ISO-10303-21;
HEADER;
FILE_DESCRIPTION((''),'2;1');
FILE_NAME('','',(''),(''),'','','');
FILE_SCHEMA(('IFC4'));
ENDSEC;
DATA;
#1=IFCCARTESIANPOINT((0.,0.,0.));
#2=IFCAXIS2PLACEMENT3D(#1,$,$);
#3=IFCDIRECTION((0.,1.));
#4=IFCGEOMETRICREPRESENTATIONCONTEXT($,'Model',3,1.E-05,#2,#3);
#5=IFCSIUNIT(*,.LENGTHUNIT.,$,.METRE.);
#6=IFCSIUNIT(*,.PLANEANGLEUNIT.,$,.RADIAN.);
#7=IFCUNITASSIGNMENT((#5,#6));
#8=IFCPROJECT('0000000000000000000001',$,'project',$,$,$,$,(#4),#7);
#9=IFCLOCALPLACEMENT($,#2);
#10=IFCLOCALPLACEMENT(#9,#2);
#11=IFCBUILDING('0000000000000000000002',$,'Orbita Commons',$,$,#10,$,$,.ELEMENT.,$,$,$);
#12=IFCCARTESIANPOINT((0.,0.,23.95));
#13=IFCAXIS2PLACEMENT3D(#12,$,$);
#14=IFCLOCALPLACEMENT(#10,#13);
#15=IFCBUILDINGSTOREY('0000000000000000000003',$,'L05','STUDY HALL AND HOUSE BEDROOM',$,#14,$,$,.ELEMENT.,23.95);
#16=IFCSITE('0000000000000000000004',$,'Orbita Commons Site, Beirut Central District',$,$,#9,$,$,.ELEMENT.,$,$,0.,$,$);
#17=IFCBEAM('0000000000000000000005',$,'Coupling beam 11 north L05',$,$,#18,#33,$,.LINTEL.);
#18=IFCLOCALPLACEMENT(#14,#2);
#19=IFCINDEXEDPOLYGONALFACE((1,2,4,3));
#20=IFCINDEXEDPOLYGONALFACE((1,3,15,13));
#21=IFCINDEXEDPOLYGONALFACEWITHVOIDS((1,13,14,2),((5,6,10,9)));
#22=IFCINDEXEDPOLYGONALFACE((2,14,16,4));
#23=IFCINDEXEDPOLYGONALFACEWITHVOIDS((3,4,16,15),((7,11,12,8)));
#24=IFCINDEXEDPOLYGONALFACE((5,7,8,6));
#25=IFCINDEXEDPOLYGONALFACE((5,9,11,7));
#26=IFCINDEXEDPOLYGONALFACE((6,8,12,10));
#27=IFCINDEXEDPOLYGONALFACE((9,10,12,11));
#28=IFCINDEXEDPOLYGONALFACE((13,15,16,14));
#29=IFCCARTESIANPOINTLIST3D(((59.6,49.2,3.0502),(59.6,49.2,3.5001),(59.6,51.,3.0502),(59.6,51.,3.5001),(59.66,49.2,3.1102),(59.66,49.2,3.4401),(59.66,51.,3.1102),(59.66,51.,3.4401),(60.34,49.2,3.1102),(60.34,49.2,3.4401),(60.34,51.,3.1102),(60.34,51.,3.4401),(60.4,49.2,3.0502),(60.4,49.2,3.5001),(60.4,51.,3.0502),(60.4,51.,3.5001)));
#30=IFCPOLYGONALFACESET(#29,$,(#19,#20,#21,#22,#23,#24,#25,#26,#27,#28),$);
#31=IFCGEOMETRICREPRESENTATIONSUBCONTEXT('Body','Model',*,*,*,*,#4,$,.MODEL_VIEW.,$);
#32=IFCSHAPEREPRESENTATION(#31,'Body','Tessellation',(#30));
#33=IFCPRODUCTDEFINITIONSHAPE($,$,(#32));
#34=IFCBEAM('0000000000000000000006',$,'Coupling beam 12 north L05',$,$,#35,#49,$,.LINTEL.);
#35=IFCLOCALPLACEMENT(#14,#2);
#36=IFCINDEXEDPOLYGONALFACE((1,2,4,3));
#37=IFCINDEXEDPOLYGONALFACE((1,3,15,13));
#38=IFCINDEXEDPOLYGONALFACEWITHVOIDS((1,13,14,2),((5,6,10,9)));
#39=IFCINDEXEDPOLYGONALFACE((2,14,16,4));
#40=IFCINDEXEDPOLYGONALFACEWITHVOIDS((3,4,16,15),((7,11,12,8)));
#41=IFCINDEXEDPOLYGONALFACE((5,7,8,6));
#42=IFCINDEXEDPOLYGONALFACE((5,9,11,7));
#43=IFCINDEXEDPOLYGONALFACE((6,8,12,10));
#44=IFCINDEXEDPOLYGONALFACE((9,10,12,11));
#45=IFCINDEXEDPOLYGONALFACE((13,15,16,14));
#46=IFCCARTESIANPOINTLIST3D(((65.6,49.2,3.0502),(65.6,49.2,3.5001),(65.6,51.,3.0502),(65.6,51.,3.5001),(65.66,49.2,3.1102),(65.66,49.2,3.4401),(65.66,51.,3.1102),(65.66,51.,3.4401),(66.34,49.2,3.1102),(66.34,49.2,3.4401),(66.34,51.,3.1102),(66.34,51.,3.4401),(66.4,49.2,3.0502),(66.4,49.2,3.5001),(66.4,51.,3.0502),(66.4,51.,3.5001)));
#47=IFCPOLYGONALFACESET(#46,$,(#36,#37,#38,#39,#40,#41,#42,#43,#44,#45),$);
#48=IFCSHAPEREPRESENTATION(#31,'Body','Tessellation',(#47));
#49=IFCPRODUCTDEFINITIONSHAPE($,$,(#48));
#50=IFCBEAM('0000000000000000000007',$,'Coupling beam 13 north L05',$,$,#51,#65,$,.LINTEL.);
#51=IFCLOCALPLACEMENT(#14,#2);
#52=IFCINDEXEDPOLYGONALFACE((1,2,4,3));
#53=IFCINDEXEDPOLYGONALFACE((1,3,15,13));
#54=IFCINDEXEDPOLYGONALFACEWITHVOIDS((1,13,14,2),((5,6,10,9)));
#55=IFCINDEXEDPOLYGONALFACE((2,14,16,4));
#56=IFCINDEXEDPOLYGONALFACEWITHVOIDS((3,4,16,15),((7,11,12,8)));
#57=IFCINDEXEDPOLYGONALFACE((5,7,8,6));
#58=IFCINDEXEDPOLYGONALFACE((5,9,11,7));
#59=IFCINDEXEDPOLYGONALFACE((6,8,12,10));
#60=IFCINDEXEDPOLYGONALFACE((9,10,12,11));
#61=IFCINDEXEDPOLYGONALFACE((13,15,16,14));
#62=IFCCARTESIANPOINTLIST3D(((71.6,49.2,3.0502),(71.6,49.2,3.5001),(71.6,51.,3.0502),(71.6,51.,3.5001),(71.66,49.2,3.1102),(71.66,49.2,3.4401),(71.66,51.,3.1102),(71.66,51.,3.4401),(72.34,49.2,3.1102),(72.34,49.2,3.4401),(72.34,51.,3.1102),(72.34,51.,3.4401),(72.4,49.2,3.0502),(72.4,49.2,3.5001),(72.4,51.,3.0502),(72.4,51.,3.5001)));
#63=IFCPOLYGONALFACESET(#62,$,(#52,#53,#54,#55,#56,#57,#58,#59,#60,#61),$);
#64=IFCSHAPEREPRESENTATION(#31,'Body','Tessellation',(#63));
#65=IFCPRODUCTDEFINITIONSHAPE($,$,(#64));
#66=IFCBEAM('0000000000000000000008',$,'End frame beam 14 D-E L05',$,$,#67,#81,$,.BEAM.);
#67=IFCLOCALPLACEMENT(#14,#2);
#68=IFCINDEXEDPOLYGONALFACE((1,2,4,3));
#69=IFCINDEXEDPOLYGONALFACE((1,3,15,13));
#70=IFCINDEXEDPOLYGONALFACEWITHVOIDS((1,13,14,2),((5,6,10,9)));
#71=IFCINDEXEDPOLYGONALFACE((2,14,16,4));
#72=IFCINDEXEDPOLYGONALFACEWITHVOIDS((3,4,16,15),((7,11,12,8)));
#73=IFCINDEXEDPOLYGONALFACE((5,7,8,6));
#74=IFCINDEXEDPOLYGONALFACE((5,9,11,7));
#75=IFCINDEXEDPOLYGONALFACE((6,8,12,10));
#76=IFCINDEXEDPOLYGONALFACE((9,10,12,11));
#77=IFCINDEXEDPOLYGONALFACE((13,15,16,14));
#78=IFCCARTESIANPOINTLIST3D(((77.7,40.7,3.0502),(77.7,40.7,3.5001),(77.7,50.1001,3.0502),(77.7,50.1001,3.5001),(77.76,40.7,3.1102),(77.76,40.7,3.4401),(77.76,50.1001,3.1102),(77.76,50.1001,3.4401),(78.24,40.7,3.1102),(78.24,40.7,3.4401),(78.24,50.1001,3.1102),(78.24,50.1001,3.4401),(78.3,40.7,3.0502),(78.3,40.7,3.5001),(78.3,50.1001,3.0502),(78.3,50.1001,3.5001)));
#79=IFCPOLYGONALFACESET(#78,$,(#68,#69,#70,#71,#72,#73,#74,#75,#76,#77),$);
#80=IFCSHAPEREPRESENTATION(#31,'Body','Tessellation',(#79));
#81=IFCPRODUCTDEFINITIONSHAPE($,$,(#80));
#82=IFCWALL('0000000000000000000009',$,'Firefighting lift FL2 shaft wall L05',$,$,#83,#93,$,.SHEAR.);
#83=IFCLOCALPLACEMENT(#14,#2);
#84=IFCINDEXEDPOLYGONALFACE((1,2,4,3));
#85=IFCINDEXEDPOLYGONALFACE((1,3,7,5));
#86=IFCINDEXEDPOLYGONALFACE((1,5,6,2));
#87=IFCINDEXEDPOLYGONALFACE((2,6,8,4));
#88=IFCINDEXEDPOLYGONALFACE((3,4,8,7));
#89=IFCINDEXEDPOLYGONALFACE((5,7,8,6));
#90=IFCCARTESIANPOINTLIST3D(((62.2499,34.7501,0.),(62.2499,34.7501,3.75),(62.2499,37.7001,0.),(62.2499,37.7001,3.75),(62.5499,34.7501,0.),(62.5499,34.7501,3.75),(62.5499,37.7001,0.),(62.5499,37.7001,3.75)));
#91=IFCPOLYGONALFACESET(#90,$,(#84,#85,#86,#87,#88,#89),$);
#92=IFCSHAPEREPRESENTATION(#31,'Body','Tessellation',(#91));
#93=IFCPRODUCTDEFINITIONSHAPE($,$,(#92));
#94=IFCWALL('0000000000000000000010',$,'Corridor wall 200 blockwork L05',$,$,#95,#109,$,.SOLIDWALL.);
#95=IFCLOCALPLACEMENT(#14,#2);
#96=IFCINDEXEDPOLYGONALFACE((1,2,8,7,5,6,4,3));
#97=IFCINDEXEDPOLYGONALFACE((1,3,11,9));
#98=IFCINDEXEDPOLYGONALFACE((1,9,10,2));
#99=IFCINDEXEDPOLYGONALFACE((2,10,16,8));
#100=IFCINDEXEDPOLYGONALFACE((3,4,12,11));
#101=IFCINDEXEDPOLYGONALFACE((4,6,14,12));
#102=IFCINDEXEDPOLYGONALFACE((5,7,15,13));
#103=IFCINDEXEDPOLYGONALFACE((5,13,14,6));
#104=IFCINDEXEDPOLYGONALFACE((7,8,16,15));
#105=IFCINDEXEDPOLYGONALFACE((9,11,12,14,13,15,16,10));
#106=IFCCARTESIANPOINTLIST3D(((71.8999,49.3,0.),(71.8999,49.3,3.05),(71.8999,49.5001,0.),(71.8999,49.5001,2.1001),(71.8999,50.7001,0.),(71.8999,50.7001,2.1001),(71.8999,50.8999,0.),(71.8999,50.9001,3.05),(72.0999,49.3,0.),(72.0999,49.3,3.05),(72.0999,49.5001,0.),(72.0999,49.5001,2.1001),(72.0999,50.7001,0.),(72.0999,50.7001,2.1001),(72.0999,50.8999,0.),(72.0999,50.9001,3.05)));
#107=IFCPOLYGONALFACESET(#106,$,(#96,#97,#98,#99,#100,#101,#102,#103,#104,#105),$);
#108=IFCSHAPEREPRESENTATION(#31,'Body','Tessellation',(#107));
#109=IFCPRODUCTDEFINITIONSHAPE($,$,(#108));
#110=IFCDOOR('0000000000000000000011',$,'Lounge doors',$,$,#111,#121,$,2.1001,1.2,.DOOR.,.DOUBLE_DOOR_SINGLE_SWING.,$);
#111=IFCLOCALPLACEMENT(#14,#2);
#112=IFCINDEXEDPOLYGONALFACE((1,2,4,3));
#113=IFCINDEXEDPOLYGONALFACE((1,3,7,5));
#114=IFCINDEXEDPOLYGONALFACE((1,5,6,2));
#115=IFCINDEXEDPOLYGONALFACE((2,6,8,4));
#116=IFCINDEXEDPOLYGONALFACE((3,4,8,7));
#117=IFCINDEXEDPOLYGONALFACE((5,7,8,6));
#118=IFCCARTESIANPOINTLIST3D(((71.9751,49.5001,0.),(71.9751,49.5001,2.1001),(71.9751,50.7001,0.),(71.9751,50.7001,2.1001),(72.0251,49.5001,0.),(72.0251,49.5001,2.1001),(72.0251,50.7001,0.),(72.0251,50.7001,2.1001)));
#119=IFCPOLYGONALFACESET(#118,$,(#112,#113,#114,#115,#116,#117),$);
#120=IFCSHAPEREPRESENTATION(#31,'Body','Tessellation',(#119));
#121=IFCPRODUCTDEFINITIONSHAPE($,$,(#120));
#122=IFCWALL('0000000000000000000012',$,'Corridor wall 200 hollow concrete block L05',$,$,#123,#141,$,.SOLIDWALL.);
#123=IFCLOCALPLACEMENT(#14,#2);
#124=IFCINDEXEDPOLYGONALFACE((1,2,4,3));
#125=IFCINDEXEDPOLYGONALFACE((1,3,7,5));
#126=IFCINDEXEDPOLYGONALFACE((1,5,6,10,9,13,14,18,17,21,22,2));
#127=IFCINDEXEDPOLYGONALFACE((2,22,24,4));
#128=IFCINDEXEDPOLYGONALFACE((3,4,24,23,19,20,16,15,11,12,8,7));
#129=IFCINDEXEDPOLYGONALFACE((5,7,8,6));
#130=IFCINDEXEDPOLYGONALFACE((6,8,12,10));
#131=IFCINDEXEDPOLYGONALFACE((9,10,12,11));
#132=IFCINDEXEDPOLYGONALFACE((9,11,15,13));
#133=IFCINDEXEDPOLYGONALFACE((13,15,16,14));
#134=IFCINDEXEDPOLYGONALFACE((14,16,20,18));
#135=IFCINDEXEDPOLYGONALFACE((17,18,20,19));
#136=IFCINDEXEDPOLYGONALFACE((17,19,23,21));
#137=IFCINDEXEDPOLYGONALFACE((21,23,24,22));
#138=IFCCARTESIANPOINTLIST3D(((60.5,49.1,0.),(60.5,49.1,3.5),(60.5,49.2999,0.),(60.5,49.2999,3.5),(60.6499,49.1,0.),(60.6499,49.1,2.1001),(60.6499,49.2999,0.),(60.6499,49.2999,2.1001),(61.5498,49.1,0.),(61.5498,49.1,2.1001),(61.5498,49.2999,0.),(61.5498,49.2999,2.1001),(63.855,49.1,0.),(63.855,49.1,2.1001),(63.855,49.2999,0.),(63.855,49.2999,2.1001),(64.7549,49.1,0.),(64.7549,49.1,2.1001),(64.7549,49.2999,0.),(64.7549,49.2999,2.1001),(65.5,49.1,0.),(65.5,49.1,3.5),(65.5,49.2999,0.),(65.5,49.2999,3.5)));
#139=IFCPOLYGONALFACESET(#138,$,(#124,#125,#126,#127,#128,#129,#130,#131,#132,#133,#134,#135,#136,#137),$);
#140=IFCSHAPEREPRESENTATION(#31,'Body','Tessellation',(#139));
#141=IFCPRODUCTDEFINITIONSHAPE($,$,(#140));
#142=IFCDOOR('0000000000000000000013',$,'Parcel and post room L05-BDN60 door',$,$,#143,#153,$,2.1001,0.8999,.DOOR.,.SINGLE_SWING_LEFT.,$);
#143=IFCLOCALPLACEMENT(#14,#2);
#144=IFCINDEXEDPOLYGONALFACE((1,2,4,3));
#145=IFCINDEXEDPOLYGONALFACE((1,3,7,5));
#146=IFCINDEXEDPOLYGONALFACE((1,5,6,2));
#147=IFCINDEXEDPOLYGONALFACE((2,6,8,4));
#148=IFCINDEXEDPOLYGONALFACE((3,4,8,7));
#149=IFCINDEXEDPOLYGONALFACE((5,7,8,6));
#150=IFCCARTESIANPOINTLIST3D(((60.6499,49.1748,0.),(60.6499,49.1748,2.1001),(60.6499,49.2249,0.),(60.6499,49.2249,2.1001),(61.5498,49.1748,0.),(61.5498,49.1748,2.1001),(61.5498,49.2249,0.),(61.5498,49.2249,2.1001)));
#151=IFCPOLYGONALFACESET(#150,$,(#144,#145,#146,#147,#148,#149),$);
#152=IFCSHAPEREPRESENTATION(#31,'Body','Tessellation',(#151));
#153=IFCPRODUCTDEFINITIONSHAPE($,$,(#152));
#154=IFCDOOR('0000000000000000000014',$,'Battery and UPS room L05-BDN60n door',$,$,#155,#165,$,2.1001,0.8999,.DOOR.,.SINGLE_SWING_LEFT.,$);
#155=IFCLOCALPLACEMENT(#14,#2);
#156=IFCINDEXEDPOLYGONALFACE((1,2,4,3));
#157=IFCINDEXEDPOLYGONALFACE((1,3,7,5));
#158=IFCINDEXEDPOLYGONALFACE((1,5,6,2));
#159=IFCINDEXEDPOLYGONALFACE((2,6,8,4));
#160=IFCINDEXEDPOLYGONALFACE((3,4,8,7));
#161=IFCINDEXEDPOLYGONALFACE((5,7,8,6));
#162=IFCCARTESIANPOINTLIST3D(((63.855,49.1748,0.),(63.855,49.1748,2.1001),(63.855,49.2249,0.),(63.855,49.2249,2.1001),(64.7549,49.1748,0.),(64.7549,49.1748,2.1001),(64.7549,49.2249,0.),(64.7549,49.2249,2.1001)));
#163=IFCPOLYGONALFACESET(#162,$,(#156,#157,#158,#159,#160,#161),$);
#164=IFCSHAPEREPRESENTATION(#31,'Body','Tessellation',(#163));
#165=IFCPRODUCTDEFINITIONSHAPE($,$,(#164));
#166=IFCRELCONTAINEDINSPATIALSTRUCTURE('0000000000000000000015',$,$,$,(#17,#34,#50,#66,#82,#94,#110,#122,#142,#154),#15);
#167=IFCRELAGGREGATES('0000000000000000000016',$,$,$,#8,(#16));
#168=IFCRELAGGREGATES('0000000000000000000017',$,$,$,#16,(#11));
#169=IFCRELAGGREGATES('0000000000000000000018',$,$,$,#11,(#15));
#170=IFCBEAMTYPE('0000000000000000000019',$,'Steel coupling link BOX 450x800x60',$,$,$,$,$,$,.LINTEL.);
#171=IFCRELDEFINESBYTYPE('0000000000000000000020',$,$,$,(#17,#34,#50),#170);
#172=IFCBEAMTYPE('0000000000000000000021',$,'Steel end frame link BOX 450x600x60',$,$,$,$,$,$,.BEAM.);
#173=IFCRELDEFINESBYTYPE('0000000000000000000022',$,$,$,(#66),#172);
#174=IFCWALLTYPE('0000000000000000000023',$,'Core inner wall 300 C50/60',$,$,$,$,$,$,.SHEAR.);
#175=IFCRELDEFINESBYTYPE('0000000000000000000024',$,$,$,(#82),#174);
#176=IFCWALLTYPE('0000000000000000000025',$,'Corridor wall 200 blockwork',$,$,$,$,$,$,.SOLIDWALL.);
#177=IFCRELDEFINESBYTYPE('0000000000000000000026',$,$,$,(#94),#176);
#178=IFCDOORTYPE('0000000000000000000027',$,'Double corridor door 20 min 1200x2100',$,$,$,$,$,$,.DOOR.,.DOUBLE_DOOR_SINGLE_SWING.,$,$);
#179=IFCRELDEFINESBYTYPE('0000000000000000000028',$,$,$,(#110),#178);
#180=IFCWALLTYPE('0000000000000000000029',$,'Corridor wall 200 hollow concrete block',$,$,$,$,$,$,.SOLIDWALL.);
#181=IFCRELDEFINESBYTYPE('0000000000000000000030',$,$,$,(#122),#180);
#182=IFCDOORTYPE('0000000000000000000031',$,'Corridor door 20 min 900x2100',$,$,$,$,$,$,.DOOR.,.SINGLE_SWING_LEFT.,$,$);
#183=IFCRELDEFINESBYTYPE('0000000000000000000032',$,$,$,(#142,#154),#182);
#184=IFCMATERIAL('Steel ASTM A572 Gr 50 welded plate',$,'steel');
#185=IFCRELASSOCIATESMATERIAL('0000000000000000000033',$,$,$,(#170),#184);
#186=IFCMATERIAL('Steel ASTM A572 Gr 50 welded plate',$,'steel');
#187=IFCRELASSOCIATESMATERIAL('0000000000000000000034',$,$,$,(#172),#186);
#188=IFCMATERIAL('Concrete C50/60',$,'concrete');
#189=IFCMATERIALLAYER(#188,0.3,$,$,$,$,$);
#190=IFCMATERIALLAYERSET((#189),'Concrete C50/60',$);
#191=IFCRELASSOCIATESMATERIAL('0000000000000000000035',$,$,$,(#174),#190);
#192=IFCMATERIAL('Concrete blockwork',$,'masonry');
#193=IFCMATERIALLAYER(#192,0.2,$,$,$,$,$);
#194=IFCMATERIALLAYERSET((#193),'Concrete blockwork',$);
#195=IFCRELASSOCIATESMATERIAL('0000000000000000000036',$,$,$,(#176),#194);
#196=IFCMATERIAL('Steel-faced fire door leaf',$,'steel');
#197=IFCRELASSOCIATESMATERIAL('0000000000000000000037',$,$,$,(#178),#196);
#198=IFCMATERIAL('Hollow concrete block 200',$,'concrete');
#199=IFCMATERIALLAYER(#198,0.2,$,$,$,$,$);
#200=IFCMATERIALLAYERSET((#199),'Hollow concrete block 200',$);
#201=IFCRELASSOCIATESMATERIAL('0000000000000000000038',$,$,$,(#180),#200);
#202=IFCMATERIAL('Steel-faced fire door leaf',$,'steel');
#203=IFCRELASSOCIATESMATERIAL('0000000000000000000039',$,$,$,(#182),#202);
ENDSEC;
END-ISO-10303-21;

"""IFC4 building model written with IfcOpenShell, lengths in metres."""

from ifc_helpers import new_model, si_unit, direction, frame, frame_2d, origin, origin_2d, place, context, subcontext, project, spatial, polyline, rectangle, hollow_rectangle, outline, extrude, material, layer, layer_set, material_profile, profile_set, type_object, element, fill, save


model = new_model("IFC4")

# Units and contexts
model_context = context("Model", 3, precision=1e-05, world=origin(), true_north=direction((0.0, 1.0)))
body_context = subcontext(model_context, "Body", "Model", "MODEL_VIEW")
ifc_project = project(units=[si_unit("LENGTHUNIT", "METRE"), si_unit("PLANEANGLEUNIT", "RADIAN")], contexts=[model_context])

# Site, building, storey
site_placement = place(None, origin())
site = spatial("IfcSite", under=ifc_project, at=site_placement, Name="Orbita Commons Site, Beirut Central District", CompositionType="ELEMENT", RefElevation=0.0)
building_placement = place(site_placement, origin())
building = spatial("IfcBuilding", under=site, at=building_placement, Name="Orbita Commons", CompositionType="ELEMENT")
storey_placement = place(building_placement, frame((0.0, 0.0, 23.95)))
storey = spatial("IfcBuildingStorey", under=building, at=storey_placement, Name="L05", Description="STUDY HALL AND HOUSE BEDROOM", CompositionType="ELEMENT", Elevation=23.95)

# Beams
ifc_material_1 = material(Name="Steel ASTM A572 Gr 50 welded plate", Category="steel")
ifc_material_profile_1 = material_profile(ifc_material_1, hollow_rectangle(XDim=0.8, YDim=0.45, WallThickness=0.0601, at=origin_2d()), Name="BOX 450x800x60")
ifc_profile_set_1 = profile_set([ifc_material_profile_1], Name="Steel ASTM A572 Gr 50 welded plate")
beam_type_1 = type_object("IfcBeamType", Name="Steel coupling link BOX 450x800x60", PredefinedType="LINTEL", material=ifc_profile_set_1)
for number, where, z_axis, x_axis, name in (
    (1, (60.0, 49.2, 3.2751), (0.0, 1.0, 0.0), (-1.0, 0.0, 0.0), "Coupling beam 11 north L05"),
    (2, (66.0, 49.2, 3.2751), (0.0, 1.0, 0.0), (-1.0, 0.0, 0.0), "Coupling beam 12 north L05"),
    (3, (72.0, 49.2, 3.2751), (0.0, 1.0, 0.0), (-1.0, 0.0, 0.0), "Coupling beam 13 north L05"),
):
    element("IfcBeam", number, at=place(storey_placement, frame(where, z_axis=z_axis, x_axis=x_axis)), inside=storey, type_object=beam_type_1, Name=name, PredefinedType="LINTEL", context=body_context, shape_type="SweptSolid", body=[
        extrude(hollow_rectangle(XDim=0.8, YDim=0.45, WallThickness=0.0601, at=origin_2d()), origin(), (0.0, 0.0, 1.0), 1.8),
    ])
ifc_material_2 = material(Name="Steel ASTM A572 Gr 50 welded plate", Category="steel")
ifc_material_profile_2 = material_profile(ifc_material_2, hollow_rectangle(XDim=0.6001, YDim=0.45, WallThickness=0.0601, at=origin_2d()), Name="BOX 450x600x60")
ifc_profile_set_2 = profile_set([ifc_material_profile_2], Name="Steel ASTM A572 Gr 50 welded plate")
beam_type_2 = type_object("IfcBeamType", Name="Steel end frame link BOX 450x600x60", PredefinedType="BEAM", material=ifc_profile_set_2)
beam_placement = place(storey_placement, frame((78.0, 40.7, 3.2751), z_axis=(0.0, 1.0, 0.0), x_axis=(-1.0, 0.0, 0.0)))
element("IfcBeam", 4, at=beam_placement, inside=storey, type_object=beam_type_2, Name="End frame beam 14 D-E L05", PredefinedType="BEAM", context=body_context, shape_type="SweptSolid", body=[
    extrude(hollow_rectangle(XDim=0.6001, YDim=0.45, WallThickness=0.0601, at=origin_2d()), origin(), (0.0, 0.0, 1.0), 9.4001),
])

# Wall
ifc_material_3 = material(Name="Concrete C50/60", Category="concrete")
ifc_layer_1 = layer(ifc_material_3, 0.3)
ifc_layer_set_1 = layer_set([ifc_layer_1], Name="Concrete C50/60")
wall_type_1 = type_object("IfcWallType", Name="Core inner wall 300 C50/60", PredefinedType="SHEAR", material=ifc_layer_set_1)
wall_1_placement = place(storey_placement, frame((62.3999, 34.75, 0.0), z_axis=(0.0, 0.0, 1.0), x_axis=(0.0, 1.0, 0.0)))
element("IfcWall", 5, at=wall_1_placement, inside=storey, type_object=wall_type_1, Name="Firefighting lift FL2 shaft wall L05", PredefinedType="SHEAR", context=body_context, shape_type="SweptSolid", body=[
    extrude(rectangle(XDim=2.95, YDim=0.3, at=frame_2d((1.4751, 0.0))), origin(), (0.0, 0.0, 1.0), 3.75),
])

# Wall, opening, door
ifc_material_4 = material(Name="Concrete blockwork", Category="masonry")
ifc_layer_2 = layer(ifc_material_4, 0.2)
ifc_layer_set_2 = layer_set([ifc_layer_2], Name="Concrete blockwork")
wall_type_2 = type_object("IfcWallType", Name="Corridor wall 200 blockwork", PredefinedType="SOLIDWALL", material=ifc_layer_set_2)
wall_2_placement = place(storey_placement, frame((72.0, 49.3, 0.0), z_axis=(0.0, 0.0, 1.0), x_axis=(0.0, 1.0, 0.0)))
wall_2 = element("IfcWall", 6, at=wall_2_placement, inside=storey, type_object=wall_type_2, Name="Corridor wall 200 blockwork L05", PredefinedType="SOLIDWALL", context=body_context, shape_type="SweptSolid", body=[
    extrude(outline(polyline([(0.0, 0.0), (1.5999, 0.0), (1.6001, 3.05), (0.0, 3.05), (0.0, 0.0)])), frame((0.0, 0.1001, 0.0), z_axis=(0.0, -1.0, 0.0), x_axis=(1.0, 0.0, 0.0)), (0.0, 0.0, 1.0), 0.2),
])
opening_1_placement = place(wall_2_placement, frame((0.2, 0.0, 0.0)))
opening_1 = element("IfcOpeningElement", 7, at=opening_1_placement, cuts=wall_2, PredefinedType="OPENING", context=body_context, shape_type="SweptSolid", body=[
    extrude(rectangle(XDim=1.2, YDim=2.1001, at=frame_2d((0.6001, 1.05))), frame((0.0, 0.1099, 0.0), z_axis=(0.0, -1.0, 0.0), x_axis=(1.0, 0.0, 0.0)), (0.0, 0.0, 1.0), 0.22),
])
ifc_material_5 = material(Name="Steel-faced fire door leaf", Category="steel")
door_type_1 = type_object("IfcDoorType", Name="Double corridor door 20 min 1200x2100", OperationType="DOUBLE_DOOR_SINGLE_SWING", PredefinedType="DOOR", material=ifc_material_5)
door_1_placement = place(opening_1_placement, origin())
door_1 = element("IfcDoor", 8, at=door_1_placement, inside=storey, type_object=door_type_1, Name="Lounge doors", OperationType="DOUBLE_DOOR_SINGLE_SWING", OverallHeight=2.1001, OverallWidth=1.2, PredefinedType="DOOR", context=body_context, shape_type="SweptSolid", body=[
    extrude(rectangle(XDim=1.2, YDim=2.1001, at=frame_2d((0.6001, 1.05))), frame((0.0, 0.0249, 0.0), z_axis=(0.0, -1.0, 0.0), x_axis=(1.0, 0.0, 0.0)), (0.0, 0.0, 1.0), 0.05),
])
fill(opening_1, door_1)

# Wall, openings, doors
ifc_material_6 = material(Name="Hollow concrete block 200", Category="concrete")
ifc_layer_3 = layer(ifc_material_6, 0.2)
ifc_layer_set_3 = layer_set([ifc_layer_3], Name="Hollow concrete block 200")
wall_type_3 = type_object("IfcWallType", Name="Corridor wall 200 hollow concrete block", PredefinedType="SOLIDWALL", material=ifc_layer_set_3)
wall_3_placement = place(storey_placement, frame((60.5, 49.2, 0.0), z_axis=(0.0, 0.0, 1.0), x_axis=(1.0, 0.0, 0.0)))
wall_3 = element("IfcWall", 9, at=wall_3_placement, inside=storey, type_object=wall_type_3, Name="Corridor wall 200 hollow concrete block L05", PredefinedType="SOLIDWALL", context=body_context, shape_type="SweptSolid", body=[
    extrude(rectangle(XDim=5.0, YDim=0.2, at=frame_2d((2.5, 0.0))), origin(), (0.0, 0.0, 1.0), 3.5),
])
opening_2_placement = place(wall_3_placement, frame((0.1499, 0.0, 0.0)))
opening_2 = element("IfcOpeningElement", 10, at=opening_2_placement, cuts=wall_3, PredefinedType="OPENING", context=body_context, shape_type="SweptSolid", body=[
    extrude(rectangle(XDim=0.8999, YDim=2.1001, at=frame_2d((0.45, 1.05))), frame((0.0, 0.1099, 0.0), z_axis=(0.0, -1.0, 0.0), x_axis=(1.0, 0.0, 0.0)), (0.0, 0.0, 1.0), 0.22),
])
opening_3_placement = place(wall_3_placement, frame((3.355, 0.0, 0.0)))
opening_3 = element("IfcOpeningElement", 11, at=opening_3_placement, cuts=wall_3, PredefinedType="OPENING", context=body_context, shape_type="SweptSolid", body=[
    extrude(rectangle(XDim=0.8999, YDim=2.1001, at=frame_2d((0.45, 1.05))), frame((0.0, 0.1099, 0.0), z_axis=(0.0, -1.0, 0.0), x_axis=(1.0, 0.0, 0.0)), (0.0, 0.0, 1.0), 0.22),
])
ifc_material_7 = material(Name="Steel-faced fire door leaf", Category="steel")
door_type_2 = type_object("IfcDoorType", Name="Corridor door 20 min 900x2100", OperationType="SINGLE_SWING_LEFT", PredefinedType="DOOR", material=ifc_material_7)
door_2_placement = place(opening_2_placement, origin())
door_2 = element("IfcDoor", 12, at=door_2_placement, inside=storey, type_object=door_type_2, Name="Parcel and post room L05-BDN60 door", OperationType="SINGLE_SWING_LEFT", OverallHeight=2.1001, OverallWidth=0.8999, PredefinedType="DOOR", context=body_context, shape_type="SweptSolid", body=[
    extrude(rectangle(XDim=0.8999, YDim=2.1001, at=frame_2d((0.45, 1.05))), frame((0.0, 0.0249, 0.0), z_axis=(0.0, -1.0, 0.0), x_axis=(1.0, 0.0, 0.0)), (0.0, 0.0, 1.0), 0.05),
])
fill(opening_2, door_2)
door_3_placement = place(opening_3_placement, origin())
door_3 = element("IfcDoor", 13, at=door_3_placement, inside=storey, type_object=door_type_2, Name="Battery and UPS room L05-BDN60n door", OperationType="SINGLE_SWING_LEFT", OverallHeight=2.1001, OverallWidth=0.8999, PredefinedType="DOOR", context=body_context, shape_type="SweptSolid", body=[
    extrude(rectangle(XDim=0.8999, YDim=2.1001, at=frame_2d((0.45, 1.05))), frame((0.0, 0.0249, 0.0), z_axis=(0.0, -1.0, 0.0), x_axis=(1.0, 0.0, 0.0)), (0.0, 0.0, 1.0), 0.05),
])
fill(opening_3, door_3)

save(model, "model.ifc")
